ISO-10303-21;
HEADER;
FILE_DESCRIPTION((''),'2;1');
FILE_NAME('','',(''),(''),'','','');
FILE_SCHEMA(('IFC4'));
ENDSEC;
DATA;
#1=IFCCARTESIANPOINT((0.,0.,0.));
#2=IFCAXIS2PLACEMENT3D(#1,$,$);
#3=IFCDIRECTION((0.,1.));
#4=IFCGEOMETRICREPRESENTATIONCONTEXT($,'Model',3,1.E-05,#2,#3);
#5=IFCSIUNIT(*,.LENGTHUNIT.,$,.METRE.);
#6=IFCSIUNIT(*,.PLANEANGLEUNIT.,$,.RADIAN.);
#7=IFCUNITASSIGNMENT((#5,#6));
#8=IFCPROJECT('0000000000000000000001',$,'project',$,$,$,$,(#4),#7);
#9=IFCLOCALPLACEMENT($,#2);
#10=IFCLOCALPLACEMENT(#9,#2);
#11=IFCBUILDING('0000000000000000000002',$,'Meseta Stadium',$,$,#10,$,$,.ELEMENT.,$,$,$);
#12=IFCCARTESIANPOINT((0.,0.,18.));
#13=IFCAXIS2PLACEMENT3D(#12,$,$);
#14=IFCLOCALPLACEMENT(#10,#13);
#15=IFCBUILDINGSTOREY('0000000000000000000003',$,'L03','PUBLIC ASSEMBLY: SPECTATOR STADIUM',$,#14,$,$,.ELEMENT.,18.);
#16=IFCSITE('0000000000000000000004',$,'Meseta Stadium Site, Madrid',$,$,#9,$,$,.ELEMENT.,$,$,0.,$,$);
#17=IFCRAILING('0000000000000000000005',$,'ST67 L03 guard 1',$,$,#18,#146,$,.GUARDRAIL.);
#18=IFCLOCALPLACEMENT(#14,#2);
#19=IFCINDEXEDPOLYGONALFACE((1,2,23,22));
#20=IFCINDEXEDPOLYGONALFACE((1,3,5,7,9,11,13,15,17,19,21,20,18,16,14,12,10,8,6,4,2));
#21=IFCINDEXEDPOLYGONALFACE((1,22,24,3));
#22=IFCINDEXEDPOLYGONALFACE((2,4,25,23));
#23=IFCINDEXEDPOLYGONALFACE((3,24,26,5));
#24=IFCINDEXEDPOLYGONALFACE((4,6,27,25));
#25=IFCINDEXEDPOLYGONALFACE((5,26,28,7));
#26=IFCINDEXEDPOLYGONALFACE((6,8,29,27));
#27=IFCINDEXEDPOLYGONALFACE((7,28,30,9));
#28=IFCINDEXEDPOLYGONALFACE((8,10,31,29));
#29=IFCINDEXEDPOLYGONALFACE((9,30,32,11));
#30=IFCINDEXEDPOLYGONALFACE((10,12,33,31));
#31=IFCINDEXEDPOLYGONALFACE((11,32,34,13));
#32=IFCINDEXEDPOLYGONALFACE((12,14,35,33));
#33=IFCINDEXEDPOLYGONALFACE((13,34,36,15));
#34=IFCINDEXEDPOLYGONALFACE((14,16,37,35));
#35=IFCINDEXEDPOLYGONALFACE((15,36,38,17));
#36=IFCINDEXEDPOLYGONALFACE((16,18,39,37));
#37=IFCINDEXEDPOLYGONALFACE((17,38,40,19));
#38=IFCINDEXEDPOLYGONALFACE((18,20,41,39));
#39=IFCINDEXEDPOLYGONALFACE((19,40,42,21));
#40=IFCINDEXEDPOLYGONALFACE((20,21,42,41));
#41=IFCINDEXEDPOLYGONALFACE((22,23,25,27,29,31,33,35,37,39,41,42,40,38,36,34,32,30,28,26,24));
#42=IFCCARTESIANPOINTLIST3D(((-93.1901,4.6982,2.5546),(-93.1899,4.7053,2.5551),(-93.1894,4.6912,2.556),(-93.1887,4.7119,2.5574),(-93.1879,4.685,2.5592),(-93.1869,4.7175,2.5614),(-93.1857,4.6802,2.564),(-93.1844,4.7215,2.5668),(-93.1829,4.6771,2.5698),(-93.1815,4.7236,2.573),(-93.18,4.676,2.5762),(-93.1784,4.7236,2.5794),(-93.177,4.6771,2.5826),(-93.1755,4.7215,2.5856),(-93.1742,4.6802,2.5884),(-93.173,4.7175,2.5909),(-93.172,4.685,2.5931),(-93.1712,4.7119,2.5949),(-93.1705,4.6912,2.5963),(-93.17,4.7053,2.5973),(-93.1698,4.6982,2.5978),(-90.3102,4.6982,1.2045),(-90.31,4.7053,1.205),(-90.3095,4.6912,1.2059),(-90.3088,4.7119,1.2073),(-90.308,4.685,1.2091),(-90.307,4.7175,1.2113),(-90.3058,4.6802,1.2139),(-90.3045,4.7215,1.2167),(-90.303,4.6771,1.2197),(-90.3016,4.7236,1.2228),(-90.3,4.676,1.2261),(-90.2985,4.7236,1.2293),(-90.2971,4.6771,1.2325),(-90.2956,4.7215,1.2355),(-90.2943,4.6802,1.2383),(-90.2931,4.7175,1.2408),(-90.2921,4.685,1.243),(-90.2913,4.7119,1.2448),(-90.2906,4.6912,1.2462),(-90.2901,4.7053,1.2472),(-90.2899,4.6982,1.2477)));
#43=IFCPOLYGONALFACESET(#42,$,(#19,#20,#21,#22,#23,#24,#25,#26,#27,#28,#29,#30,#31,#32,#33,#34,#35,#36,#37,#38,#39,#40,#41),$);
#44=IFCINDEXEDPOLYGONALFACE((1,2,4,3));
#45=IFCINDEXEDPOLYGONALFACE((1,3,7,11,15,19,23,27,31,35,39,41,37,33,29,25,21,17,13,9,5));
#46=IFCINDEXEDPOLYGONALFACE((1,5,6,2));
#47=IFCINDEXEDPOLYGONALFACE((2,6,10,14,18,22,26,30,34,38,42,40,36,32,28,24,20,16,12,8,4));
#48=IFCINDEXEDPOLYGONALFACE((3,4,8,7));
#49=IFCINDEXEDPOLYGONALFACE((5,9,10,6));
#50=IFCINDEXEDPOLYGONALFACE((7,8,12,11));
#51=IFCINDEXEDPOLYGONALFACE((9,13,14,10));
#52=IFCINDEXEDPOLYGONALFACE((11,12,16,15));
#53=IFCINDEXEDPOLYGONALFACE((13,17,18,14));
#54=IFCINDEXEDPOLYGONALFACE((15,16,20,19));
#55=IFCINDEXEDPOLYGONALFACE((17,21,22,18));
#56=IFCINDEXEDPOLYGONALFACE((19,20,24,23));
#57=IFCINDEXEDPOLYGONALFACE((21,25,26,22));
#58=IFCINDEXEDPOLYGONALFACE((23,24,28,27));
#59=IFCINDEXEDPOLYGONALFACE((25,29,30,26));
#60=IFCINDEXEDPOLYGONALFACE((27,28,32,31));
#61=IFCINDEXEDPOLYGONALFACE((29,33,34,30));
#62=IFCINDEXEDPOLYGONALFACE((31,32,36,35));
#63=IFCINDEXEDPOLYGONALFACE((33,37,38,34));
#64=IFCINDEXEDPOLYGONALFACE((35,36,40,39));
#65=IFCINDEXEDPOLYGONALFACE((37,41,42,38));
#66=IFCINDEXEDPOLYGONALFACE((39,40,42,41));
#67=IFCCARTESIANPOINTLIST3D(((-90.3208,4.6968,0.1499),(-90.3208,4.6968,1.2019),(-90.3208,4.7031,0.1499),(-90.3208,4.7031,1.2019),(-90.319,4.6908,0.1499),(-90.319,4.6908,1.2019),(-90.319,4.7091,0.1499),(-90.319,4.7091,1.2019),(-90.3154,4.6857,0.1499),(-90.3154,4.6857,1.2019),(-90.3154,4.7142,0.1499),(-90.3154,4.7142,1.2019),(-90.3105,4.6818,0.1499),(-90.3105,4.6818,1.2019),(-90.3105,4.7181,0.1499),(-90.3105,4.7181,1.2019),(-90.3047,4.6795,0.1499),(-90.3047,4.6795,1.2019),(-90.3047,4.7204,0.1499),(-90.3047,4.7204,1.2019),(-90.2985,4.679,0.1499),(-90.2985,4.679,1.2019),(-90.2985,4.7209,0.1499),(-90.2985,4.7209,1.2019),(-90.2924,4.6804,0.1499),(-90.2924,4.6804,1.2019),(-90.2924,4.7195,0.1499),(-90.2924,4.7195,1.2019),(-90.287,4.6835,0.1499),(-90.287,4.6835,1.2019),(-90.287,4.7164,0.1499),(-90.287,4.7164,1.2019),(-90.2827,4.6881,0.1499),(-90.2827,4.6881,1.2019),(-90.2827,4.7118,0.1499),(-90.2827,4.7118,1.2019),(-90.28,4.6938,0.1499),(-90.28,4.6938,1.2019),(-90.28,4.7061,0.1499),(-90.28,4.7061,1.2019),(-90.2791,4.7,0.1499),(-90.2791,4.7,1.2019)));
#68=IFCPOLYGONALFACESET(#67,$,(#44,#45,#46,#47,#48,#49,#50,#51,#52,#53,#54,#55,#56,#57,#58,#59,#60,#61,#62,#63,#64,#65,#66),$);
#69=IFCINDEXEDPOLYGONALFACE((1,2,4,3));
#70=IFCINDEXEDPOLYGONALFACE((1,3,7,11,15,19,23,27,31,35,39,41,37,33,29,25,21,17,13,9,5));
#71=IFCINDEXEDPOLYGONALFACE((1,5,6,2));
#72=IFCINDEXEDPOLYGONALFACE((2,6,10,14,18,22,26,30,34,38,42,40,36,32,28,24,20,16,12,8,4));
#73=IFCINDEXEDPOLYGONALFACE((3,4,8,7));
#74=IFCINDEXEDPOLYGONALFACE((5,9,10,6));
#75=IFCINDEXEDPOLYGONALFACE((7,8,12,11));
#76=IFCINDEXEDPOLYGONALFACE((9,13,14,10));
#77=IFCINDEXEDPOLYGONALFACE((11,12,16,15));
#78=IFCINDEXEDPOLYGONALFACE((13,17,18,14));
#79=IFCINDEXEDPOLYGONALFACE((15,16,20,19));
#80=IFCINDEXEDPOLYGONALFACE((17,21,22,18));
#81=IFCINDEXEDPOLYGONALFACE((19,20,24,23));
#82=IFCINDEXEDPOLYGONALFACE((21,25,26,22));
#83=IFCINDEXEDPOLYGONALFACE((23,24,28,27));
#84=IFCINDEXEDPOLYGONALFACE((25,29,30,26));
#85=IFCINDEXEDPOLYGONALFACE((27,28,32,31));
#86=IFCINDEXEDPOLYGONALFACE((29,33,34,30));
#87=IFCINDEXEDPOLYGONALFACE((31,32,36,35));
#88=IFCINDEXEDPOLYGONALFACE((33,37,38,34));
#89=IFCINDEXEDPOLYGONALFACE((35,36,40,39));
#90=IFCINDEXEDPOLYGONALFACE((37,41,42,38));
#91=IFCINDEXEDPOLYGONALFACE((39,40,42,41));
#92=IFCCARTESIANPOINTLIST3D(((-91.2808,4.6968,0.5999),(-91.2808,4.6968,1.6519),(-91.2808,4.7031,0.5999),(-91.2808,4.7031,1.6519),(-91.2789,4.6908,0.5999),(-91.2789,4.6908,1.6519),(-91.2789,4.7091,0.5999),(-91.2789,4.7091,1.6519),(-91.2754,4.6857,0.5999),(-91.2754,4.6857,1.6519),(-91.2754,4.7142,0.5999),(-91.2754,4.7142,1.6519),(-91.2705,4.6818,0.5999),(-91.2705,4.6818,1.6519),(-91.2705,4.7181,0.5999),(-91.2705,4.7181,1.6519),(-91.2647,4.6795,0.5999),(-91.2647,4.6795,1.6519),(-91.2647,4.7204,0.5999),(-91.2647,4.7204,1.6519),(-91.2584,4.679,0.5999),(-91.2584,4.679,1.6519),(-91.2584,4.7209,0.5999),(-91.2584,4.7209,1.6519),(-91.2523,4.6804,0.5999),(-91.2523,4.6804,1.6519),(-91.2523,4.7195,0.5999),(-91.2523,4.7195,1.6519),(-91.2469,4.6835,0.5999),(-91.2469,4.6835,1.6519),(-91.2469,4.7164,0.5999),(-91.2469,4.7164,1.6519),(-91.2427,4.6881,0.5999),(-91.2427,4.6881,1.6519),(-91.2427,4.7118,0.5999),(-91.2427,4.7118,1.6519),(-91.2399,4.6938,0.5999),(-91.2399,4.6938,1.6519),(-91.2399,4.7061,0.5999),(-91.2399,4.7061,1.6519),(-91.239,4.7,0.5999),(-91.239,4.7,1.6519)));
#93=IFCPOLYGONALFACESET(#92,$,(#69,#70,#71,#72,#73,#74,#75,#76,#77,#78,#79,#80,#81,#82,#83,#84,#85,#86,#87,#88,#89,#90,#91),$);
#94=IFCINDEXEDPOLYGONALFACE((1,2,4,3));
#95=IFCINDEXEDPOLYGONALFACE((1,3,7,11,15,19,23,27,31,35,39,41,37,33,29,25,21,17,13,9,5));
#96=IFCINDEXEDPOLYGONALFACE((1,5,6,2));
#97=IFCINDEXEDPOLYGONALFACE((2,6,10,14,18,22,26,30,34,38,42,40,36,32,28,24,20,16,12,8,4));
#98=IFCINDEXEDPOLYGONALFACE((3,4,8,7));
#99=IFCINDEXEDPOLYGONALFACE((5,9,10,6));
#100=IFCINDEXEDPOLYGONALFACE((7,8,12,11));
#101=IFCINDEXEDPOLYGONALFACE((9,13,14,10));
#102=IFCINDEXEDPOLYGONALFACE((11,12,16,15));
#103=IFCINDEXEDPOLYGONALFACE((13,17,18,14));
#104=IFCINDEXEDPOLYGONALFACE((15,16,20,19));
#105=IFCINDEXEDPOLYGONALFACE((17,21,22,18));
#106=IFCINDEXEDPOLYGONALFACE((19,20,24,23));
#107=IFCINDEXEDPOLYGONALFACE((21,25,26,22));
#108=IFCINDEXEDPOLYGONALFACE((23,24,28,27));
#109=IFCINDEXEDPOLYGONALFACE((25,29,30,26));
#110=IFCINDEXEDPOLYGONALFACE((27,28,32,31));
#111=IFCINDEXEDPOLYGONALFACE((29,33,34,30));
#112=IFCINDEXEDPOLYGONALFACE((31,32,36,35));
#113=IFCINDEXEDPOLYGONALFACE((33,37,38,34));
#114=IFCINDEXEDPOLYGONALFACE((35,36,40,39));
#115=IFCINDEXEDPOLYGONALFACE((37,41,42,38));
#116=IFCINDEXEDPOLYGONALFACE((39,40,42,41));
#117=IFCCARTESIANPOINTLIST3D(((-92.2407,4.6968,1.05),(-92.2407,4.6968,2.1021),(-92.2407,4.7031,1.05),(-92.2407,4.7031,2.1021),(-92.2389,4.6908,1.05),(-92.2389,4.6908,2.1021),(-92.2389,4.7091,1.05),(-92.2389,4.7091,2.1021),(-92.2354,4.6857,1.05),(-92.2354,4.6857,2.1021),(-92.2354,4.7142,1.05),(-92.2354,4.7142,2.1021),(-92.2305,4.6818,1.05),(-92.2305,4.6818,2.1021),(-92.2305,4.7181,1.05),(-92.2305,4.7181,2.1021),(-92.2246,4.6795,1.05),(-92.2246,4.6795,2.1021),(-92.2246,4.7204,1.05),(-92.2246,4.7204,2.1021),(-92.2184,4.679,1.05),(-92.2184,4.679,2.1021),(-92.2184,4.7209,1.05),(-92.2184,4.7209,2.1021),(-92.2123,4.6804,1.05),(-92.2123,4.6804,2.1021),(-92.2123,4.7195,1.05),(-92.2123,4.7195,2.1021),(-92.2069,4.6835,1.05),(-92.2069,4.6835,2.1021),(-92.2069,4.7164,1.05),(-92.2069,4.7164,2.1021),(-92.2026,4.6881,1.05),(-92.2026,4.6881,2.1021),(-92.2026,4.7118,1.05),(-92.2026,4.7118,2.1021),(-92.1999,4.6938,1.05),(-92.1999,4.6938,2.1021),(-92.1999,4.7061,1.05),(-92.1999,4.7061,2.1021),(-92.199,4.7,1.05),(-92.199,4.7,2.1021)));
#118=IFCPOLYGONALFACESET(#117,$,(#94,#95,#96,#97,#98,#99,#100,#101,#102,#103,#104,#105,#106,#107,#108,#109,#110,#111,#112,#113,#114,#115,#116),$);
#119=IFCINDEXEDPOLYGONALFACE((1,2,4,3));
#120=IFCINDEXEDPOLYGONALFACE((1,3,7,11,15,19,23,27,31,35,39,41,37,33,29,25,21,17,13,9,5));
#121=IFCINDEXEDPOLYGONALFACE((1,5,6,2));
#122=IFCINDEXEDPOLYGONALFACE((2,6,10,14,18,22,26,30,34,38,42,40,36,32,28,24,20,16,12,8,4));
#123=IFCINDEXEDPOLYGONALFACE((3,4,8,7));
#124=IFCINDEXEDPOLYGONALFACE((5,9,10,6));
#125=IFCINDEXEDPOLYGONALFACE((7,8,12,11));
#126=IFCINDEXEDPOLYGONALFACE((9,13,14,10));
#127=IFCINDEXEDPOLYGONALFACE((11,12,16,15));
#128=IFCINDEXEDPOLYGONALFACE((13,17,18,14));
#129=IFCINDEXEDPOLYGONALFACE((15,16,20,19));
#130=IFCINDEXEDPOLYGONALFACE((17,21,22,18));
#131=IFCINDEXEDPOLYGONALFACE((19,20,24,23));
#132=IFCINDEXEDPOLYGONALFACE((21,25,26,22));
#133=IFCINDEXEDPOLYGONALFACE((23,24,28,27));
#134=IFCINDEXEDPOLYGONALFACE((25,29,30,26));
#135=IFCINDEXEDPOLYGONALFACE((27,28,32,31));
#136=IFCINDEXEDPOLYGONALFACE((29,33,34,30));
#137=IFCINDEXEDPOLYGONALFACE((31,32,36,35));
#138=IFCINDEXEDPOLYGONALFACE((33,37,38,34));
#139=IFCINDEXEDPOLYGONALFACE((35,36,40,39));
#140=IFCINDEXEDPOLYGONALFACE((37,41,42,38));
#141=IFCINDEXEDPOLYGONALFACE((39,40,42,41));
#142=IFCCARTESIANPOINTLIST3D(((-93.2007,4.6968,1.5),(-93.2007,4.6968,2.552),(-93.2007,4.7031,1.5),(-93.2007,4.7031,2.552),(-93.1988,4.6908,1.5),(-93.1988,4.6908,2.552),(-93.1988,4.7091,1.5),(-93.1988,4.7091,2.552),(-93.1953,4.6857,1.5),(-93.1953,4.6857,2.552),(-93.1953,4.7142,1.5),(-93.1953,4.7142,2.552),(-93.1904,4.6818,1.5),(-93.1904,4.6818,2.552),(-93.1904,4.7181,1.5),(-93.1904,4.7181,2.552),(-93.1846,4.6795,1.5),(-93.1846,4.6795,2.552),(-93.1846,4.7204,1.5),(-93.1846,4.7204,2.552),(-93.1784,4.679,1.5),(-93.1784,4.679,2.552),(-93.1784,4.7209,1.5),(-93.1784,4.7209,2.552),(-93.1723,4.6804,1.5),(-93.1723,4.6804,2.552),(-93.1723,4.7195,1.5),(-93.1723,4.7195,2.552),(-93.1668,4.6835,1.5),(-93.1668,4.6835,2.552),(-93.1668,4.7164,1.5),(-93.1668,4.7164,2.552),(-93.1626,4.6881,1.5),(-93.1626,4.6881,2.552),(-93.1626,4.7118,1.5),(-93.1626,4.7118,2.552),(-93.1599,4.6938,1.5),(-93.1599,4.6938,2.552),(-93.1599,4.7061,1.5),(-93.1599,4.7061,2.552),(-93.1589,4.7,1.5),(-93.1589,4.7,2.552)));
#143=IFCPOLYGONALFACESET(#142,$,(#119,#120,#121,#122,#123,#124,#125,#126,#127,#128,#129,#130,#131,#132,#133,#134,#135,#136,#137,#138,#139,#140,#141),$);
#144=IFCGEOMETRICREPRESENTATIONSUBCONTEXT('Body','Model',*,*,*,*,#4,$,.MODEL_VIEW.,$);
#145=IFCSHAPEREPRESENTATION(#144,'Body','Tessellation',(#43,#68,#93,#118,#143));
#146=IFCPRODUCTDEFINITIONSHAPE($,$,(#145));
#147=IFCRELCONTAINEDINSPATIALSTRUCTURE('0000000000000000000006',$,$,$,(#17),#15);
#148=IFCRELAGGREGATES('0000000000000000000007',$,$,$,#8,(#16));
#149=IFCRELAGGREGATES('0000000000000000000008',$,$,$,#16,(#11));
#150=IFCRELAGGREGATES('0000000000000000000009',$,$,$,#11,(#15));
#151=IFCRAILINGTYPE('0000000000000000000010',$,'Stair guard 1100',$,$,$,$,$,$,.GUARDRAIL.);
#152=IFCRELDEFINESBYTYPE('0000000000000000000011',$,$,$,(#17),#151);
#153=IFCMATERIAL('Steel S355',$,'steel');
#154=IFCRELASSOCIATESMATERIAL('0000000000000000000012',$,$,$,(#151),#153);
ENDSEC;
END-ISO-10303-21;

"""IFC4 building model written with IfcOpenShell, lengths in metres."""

from ifc_helpers import new_model, si_unit, direction, frame, origin, origin_2d, place, context, subcontext, project, spatial, circle, extrude, material, type_object, element, save


model = new_model("IFC4")

# Units and contexts
model_context = context("Model", 3, precision=1e-05, world=origin(), true_north=direction((0.0, 1.0)))
body_context = subcontext(model_context, "Body", "Model", "MODEL_VIEW")
ifc_project = project(units=[si_unit("LENGTHUNIT", "METRE"), si_unit("PLANEANGLEUNIT", "RADIAN")], contexts=[model_context])

# Site, building, storey
site_placement = place(None, origin())
site = spatial("IfcSite", under=ifc_project, at=site_placement, Name="Meseta Stadium Site, Madrid", CompositionType="ELEMENT", RefElevation=0.0)
building_placement = place(site_placement, origin())
building = spatial("IfcBuilding", under=site, at=building_placement, Name="Meseta Stadium", CompositionType="ELEMENT")
storey_placement = place(building_placement, frame((0.0, 0.0, 18.0)))
storey = spatial("IfcBuildingStorey", under=building, at=storey_placement, Name="L03", Description="PUBLIC ASSEMBLY: SPECTATOR STADIUM", CompositionType="ELEMENT", Elevation=18.0)

# Railing
ifc_material_1 = material(Name="Steel S355", Category="steel")
railing_type_1 = type_object("IfcRailingType", Name="Stair guard 1100", PredefinedType="GUARDRAIL", material=ifc_material_1)
railing_1_placement = place(storey_placement, frame((-90.3, 4.7, 0.1499)))
element("IfcRailing", 1, at=railing_1_placement, inside=storey, type_object=railing_type_1, Name="ST67 L03 guard 1", PredefinedType="GUARDRAIL", context=body_context, shape_type="SweptSolid", body=[
    extrude(circle(Radius=0.0239, at=origin_2d()), frame((0.0, 0.0, 1.0762), z_axis=(-0.90544, 0.0, 0.424473), x_axis=(0.0, -1.0, 0.0)), (0.0, 0.0, 1.0), 3.1807),
    extrude(circle(Radius=0.021, at=origin_2d()), origin(), (0.0, 0.0, 1.0), 1.052),
    extrude(circle(Radius=0.021, at=origin_2d()), frame((-0.96, 0.0, 0.45)), (0.0, 0.0, 1.0), 1.052),
    extrude(circle(Radius=0.021, at=origin_2d()), frame((-1.9199, 0.0, 0.9001)), (0.0, 0.0, 1.0), 1.052),
    extrude(circle(Radius=0.021, at=origin_2d()), frame((-2.8799, 0.0, 1.3501)), (0.0, 0.0, 1.0), 1.052),
])

save(model, "model.ifc")
